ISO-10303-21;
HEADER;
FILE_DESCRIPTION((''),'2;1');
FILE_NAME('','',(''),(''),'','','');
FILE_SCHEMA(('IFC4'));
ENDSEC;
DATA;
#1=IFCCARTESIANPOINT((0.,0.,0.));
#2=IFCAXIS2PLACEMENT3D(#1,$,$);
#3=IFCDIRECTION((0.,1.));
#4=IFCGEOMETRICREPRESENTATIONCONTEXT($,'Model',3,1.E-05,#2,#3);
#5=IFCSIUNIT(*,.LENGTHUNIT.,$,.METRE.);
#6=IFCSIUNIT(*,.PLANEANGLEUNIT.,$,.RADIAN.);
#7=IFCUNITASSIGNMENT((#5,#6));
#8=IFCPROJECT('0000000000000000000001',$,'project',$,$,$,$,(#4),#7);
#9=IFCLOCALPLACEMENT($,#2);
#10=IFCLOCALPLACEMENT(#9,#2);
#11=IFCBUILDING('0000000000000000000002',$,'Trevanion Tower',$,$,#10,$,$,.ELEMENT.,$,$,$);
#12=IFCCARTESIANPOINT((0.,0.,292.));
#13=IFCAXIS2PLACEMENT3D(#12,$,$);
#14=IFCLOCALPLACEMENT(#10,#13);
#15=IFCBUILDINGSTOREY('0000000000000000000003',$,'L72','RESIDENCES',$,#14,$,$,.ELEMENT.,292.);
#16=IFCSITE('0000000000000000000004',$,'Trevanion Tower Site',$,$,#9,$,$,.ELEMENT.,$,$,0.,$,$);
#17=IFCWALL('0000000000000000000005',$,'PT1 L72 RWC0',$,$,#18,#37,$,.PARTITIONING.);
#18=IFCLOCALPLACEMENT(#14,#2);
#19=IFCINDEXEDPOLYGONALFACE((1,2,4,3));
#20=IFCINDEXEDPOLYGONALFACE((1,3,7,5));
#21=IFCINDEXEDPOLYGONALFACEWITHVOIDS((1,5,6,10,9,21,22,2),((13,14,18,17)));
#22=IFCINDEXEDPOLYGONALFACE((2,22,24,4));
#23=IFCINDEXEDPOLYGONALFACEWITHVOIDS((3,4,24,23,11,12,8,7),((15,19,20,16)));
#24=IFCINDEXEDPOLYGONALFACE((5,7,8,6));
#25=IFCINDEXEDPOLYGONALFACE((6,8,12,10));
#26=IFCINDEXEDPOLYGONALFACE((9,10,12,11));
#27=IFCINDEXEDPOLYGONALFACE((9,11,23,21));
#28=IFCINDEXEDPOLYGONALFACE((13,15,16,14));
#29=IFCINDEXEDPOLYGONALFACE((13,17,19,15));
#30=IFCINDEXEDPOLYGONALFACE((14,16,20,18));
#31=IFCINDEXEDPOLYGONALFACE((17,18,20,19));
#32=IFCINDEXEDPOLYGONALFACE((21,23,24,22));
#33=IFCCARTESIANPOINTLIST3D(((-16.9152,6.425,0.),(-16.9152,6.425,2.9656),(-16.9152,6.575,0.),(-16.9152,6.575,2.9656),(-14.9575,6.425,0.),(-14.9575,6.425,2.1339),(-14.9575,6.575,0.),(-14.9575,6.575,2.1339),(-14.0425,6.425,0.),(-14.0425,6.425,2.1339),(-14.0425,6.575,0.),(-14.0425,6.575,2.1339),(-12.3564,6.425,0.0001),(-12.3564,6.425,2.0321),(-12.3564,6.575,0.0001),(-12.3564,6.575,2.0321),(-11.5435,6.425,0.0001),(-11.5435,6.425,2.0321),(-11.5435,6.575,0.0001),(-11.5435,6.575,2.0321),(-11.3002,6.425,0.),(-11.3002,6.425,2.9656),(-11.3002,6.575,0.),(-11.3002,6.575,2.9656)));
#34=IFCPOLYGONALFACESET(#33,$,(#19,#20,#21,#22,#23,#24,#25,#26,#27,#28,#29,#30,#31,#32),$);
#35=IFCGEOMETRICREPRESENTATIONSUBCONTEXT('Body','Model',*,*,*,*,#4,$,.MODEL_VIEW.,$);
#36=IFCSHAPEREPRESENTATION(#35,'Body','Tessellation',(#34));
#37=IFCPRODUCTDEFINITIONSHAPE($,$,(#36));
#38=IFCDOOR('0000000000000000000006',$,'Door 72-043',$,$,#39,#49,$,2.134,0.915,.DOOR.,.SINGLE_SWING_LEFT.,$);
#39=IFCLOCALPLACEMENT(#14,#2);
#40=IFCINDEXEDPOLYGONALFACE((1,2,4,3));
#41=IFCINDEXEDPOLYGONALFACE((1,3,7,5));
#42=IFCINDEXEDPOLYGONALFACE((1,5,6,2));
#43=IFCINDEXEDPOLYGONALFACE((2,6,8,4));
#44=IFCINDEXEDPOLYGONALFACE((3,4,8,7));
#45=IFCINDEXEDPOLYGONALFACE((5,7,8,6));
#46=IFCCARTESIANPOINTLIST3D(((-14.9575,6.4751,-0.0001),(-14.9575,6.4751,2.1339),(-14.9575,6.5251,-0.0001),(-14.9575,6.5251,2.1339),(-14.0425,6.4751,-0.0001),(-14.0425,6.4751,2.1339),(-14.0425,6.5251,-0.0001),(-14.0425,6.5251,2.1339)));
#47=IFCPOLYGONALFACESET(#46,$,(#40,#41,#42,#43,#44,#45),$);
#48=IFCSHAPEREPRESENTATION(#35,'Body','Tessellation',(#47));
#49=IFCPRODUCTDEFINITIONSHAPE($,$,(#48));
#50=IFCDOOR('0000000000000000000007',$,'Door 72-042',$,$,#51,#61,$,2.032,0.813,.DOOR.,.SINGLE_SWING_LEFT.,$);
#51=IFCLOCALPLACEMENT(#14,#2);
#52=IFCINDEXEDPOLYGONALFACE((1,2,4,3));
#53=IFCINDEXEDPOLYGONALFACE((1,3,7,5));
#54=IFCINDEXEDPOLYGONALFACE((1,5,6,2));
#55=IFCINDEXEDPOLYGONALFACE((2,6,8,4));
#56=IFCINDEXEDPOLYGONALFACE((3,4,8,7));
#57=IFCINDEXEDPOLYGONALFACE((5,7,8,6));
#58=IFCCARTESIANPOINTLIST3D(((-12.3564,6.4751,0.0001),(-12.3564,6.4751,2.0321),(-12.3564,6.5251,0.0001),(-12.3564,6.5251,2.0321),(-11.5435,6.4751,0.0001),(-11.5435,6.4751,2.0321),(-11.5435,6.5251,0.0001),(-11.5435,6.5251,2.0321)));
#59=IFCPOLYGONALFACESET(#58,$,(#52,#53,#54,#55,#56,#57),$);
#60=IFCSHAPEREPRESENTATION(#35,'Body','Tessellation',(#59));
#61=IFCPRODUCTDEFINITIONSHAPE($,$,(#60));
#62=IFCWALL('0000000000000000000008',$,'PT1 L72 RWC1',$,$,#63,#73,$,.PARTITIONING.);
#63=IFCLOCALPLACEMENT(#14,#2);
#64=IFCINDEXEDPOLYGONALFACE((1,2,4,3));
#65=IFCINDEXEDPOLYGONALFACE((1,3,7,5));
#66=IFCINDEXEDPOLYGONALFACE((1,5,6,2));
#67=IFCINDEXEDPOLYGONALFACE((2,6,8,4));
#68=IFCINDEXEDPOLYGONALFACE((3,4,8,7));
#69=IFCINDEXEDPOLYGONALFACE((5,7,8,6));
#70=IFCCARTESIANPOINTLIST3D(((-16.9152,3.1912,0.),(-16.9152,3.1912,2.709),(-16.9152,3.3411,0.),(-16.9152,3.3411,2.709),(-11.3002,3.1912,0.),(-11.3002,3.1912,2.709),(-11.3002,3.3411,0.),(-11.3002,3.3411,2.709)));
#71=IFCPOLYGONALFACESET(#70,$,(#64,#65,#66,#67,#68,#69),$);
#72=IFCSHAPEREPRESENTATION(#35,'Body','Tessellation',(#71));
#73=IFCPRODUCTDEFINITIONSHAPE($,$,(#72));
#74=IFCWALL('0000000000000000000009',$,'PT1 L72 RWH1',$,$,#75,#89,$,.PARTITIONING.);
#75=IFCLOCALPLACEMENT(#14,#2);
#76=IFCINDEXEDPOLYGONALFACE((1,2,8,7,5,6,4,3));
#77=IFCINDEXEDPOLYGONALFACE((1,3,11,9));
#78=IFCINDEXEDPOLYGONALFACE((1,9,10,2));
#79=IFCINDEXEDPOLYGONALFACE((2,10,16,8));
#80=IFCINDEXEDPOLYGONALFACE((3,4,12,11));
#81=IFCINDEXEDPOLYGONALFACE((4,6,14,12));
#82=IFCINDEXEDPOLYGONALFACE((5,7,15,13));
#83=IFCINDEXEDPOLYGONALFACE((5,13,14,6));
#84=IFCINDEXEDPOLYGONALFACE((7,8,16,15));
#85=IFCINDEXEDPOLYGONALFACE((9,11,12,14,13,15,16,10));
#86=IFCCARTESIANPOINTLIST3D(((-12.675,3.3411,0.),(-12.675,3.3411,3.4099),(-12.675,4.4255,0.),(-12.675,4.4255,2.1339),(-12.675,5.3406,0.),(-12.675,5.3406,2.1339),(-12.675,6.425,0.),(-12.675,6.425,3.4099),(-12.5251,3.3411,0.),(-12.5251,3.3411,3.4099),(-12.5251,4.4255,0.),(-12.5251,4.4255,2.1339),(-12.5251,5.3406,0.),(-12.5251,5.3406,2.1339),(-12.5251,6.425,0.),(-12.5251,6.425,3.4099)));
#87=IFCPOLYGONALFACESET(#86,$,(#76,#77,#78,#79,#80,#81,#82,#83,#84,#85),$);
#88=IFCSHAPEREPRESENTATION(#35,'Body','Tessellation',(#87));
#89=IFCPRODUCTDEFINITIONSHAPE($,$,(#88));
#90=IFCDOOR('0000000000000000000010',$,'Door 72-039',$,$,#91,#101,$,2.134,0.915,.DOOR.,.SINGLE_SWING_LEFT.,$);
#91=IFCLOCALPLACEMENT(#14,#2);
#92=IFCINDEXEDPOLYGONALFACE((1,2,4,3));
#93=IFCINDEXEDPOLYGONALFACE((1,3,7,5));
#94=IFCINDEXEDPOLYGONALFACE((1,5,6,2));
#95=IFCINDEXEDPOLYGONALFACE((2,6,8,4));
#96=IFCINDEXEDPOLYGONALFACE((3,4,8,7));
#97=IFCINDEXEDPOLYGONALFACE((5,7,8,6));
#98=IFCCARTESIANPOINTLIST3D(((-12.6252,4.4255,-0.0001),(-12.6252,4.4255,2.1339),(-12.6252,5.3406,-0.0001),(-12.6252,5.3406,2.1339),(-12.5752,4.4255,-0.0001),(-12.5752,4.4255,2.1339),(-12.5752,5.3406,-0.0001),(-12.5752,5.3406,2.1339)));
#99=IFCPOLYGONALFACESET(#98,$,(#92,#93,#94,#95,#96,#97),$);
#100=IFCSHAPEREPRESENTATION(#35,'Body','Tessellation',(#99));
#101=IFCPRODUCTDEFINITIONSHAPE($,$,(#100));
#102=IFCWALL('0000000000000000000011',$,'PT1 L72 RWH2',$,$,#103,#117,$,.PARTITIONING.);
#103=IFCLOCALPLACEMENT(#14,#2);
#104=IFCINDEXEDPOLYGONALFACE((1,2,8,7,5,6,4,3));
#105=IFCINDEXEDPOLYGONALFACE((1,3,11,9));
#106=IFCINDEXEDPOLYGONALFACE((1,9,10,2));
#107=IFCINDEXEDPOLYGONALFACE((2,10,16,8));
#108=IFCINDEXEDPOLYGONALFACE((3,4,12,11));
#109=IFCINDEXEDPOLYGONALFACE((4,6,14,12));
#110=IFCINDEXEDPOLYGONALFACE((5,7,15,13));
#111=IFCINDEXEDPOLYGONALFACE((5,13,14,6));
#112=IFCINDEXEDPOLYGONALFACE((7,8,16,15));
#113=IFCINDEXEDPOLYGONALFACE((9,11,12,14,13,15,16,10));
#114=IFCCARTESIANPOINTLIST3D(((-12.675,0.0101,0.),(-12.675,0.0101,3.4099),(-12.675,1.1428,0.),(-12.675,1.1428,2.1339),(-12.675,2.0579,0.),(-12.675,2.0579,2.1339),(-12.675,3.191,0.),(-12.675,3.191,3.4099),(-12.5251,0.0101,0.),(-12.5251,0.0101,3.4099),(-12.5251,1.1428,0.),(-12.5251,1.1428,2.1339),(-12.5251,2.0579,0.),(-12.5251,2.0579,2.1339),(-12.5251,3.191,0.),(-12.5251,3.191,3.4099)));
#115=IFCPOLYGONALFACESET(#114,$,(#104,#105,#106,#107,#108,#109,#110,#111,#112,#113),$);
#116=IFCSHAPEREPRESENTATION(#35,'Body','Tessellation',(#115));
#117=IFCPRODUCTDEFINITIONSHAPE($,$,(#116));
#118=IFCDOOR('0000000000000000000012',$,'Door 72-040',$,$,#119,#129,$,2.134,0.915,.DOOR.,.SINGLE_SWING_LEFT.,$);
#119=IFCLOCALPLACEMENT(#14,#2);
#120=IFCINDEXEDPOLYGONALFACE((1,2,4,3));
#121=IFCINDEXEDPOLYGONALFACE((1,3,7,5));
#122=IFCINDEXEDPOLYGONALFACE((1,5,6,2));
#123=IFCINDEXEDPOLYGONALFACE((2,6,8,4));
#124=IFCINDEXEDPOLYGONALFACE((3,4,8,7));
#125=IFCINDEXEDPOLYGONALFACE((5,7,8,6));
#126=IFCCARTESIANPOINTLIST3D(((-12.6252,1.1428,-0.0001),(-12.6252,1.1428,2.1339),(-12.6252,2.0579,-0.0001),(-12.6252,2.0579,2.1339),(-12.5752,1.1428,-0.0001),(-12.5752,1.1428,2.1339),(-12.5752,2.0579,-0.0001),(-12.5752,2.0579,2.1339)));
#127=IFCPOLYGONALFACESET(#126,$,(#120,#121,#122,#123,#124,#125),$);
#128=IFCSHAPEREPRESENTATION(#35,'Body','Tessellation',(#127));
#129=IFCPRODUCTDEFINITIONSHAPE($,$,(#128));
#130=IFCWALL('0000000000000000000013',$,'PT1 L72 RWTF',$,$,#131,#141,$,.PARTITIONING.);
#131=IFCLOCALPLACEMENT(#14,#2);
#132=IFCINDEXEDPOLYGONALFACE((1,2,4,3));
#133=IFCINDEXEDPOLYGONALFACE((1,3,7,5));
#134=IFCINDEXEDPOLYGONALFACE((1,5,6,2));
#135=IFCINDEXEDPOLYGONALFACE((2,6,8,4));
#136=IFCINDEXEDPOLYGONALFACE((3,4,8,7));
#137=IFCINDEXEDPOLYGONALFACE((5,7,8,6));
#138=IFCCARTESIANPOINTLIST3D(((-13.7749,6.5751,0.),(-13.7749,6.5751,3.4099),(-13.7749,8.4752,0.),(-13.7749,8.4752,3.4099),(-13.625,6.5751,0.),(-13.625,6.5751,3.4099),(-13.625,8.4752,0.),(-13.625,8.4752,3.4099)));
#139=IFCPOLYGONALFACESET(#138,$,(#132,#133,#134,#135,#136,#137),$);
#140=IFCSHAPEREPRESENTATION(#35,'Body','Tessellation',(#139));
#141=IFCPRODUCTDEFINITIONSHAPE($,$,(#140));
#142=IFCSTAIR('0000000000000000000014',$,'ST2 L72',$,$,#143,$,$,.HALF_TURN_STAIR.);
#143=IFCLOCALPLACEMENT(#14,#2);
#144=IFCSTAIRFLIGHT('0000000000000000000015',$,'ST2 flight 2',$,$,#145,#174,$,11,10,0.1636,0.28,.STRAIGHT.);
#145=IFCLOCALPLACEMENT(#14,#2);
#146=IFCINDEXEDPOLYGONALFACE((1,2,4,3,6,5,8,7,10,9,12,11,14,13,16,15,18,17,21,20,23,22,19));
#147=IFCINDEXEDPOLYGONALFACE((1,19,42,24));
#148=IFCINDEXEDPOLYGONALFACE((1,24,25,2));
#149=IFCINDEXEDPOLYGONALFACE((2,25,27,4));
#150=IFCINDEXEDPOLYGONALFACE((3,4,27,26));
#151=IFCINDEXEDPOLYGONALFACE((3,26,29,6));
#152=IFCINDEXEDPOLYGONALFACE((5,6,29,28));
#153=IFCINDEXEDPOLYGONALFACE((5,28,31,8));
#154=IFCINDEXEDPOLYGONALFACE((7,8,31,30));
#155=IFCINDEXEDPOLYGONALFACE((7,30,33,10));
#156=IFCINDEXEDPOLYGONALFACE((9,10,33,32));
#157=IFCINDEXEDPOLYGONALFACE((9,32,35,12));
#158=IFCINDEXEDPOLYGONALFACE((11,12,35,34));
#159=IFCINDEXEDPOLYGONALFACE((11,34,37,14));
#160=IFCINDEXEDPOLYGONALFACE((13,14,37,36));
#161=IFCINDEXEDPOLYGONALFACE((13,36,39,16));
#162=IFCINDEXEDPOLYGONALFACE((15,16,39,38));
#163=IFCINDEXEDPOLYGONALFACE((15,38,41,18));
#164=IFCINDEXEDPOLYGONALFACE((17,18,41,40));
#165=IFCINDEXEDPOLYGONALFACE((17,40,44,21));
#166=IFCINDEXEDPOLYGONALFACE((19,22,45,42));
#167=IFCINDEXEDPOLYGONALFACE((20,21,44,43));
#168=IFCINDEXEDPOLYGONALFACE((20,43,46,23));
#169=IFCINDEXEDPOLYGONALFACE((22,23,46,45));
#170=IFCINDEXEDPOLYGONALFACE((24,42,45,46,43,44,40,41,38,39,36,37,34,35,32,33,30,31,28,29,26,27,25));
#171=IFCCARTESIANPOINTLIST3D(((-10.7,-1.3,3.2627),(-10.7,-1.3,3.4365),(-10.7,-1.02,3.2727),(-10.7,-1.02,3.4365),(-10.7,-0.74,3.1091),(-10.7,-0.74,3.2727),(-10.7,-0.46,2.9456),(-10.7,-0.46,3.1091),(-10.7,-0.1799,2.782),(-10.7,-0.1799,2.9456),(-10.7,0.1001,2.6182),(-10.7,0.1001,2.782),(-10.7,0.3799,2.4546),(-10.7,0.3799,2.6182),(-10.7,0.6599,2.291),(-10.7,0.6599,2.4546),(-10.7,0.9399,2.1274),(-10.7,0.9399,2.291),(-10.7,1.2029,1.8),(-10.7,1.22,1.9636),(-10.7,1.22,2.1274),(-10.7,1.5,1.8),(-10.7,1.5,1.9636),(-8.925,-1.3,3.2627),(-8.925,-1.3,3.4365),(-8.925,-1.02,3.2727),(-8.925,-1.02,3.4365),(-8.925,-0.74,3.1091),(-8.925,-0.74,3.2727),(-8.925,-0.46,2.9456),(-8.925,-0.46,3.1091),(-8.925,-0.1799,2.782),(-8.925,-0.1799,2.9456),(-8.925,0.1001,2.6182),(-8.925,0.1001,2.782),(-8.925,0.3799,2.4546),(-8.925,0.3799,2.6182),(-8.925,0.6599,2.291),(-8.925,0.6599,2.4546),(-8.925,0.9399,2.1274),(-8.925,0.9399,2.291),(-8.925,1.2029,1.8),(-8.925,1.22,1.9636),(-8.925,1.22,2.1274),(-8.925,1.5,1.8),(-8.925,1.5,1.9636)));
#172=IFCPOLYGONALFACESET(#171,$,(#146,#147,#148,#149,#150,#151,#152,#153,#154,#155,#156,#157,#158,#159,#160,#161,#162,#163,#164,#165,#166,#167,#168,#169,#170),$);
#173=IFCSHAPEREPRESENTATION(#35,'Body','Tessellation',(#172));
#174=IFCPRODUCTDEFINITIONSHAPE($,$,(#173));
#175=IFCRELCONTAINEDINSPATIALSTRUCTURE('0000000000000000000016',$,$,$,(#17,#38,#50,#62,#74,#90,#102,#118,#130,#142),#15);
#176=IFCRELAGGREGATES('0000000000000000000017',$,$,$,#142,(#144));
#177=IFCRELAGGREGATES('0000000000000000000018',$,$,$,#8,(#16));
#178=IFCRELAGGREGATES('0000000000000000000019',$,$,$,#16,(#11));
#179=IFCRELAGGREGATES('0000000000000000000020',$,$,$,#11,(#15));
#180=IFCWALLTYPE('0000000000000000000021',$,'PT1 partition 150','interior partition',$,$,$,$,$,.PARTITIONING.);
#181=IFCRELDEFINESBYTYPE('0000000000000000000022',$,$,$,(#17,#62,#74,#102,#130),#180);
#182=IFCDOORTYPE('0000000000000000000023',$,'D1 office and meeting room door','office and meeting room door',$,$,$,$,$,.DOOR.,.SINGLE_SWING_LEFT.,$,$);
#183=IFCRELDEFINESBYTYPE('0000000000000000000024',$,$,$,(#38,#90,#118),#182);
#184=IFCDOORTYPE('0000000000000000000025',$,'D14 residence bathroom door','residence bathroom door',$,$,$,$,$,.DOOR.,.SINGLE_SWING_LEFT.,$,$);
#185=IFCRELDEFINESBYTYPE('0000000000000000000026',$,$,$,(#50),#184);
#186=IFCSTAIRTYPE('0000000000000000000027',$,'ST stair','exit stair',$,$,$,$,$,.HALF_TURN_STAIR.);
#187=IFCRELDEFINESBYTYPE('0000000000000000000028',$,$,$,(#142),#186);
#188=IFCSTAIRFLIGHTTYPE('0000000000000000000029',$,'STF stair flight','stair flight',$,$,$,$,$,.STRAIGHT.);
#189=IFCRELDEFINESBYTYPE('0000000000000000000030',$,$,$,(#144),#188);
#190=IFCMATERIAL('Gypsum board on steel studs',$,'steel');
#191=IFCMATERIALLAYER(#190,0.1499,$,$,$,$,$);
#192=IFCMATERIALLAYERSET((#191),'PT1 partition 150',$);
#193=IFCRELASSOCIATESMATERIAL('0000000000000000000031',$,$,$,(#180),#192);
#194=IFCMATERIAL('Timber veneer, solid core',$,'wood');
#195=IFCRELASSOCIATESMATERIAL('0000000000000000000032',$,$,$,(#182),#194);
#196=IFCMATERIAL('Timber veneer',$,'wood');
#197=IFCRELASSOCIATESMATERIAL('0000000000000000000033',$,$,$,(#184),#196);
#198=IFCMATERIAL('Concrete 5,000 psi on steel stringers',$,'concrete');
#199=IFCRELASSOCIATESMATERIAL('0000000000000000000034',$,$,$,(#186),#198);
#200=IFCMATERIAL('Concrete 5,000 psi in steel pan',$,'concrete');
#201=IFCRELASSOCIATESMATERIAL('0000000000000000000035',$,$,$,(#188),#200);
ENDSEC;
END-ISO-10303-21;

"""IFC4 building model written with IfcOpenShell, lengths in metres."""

from ifc_helpers import new_model, si_unit, direction, frame, frame_2d, origin, place, context, subcontext, project, spatial, polyline, rectangle, outline, extrude, material, layer, layer_set, type_object, element, fill, aggregate, save


model = new_model("IFC4")

# Units and contexts
model_context = context("Model", 3, precision=1e-05, world=origin(), true_north=direction((0.0, 1.0)))
body_context = subcontext(model_context, "Body", "Model", "MODEL_VIEW")
ifc_project = project(units=[si_unit("LENGTHUNIT", "METRE"), si_unit("PLANEANGLEUNIT", "RADIAN")], contexts=[model_context])

# Site, building, storey
site_placement = place(None, origin())
site = spatial("IfcSite", under=ifc_project, at=site_placement, Name="Trevanion Tower Site", CompositionType="ELEMENT", RefElevation=0.0)
building_placement = place(site_placement, origin())
building = spatial("IfcBuilding", under=site, at=building_placement, Name="Trevanion Tower", CompositionType="ELEMENT")
storey_placement = place(building_placement, frame((0.0, 0.0, 292.0)))
storey = spatial("IfcBuildingStorey", under=building, at=storey_placement, Name="L72", Description="RESIDENCES", CompositionType="ELEMENT", Elevation=292.0)

# Wall, openings, doors
ifc_material_1 = material(Name="Gypsum board on steel studs", Category="steel")
ifc_layer_1 = layer(ifc_material_1, 0.1499)
ifc_layer_set_1 = layer_set([ifc_layer_1], Name="PT1 partition 150")
wall_type = type_object("IfcWallType", Name="PT1 partition 150", Description="interior partition", PredefinedType="PARTITIONING", material=ifc_layer_set_1)
wall_1_placement = place(storey_placement, frame((-11.3, 6.5, 0.0), z_axis=(0.0, 0.0, 1.0), x_axis=(-1.0, 0.0, 0.0)))
wall_1 = element("IfcWall", 1, at=wall_1_placement, inside=storey, type_object=wall_type, Name="PT1 L72 RWC0", PredefinedType="PARTITIONING", context=body_context, shape_type="SweptSolid", body=[
    extrude(rectangle(XDim=5.615, YDim=0.1499, at=frame_2d((2.8076, 0.0))), origin(), (0.0, 0.0, 1.0), 2.9656),
])
opening_1_placement = place(wall_1_placement, frame((0.2434, 0.0, 0.0)))
opening_1 = element("IfcOpeningElement", 2, at=opening_1_placement, cuts=wall_1, PredefinedType="OPENING", context=body_context, shape_type="SweptSolid", body=[
    extrude(rectangle(XDim=0.813, YDim=2.032, at=frame_2d((0.4065, 1.0161))), frame((0.0, 0.085, 0.0), z_axis=(0.0, -1.0, 0.0), x_axis=(1.0, 0.0, 0.0)), (0.0, 0.0, 1.0), 0.1699),
])
opening_2_placement = place(wall_1_placement, frame((2.7424, 0.0, 0.0)))
opening_2 = element("IfcOpeningElement", 3, at=opening_2_placement, cuts=wall_1, PredefinedType="OPENING", context=body_context, shape_type="SweptSolid", body=[
    extrude(rectangle(XDim=0.915, YDim=2.134, at=frame_2d((0.4575, 1.0669))), frame((0.0, 0.085, 0.0), z_axis=(0.0, -1.0, 0.0), x_axis=(1.0, 0.0, 0.0)), (0.0, 0.0, 1.0), 0.1699),
])
ifc_material_2 = material(Name="Timber veneer, solid core", Category="wood")
door_type_1 = type_object("IfcDoorType", Name="D1 office and meeting room door", Description="office and meeting room door", OperationType="SINGLE_SWING_LEFT", PredefinedType="DOOR", material=ifc_material_2)
door_1_placement = place(opening_2_placement, origin())
door_1 = element("IfcDoor", 4, at=door_1_placement, inside=storey, type_object=door_type_1, Name="Door 72-043", OperationType="SINGLE_SWING_LEFT", OverallHeight=2.134, OverallWidth=0.915, PredefinedType="DOOR", context=body_context, shape_type="SweptSolid", body=[
    extrude(rectangle(XDim=0.915, YDim=2.134, at=frame_2d((0.4575, 1.0669))), frame((0.0, 0.0249, 0.0), z_axis=(0.0, -1.0, 0.0), x_axis=(1.0, 0.0, 0.0)), (0.0, 0.0, 1.0), 0.05),
])
fill(opening_2, door_1)
ifc_material_3 = material(Name="Timber veneer", Category="wood")
door_type_2 = type_object("IfcDoorType", Name="D14 residence bathroom door", Description="residence bathroom door", OperationType="SINGLE_SWING_LEFT", PredefinedType="DOOR", material=ifc_material_3)
door_2_placement = place(opening_1_placement, origin())
door_2 = element("IfcDoor", 5, at=door_2_placement, inside=storey, type_object=door_type_2, Name="Door 72-042", OperationType="SINGLE_SWING_LEFT", OverallHeight=2.032, OverallWidth=0.813, PredefinedType="DOOR", context=body_context, shape_type="SweptSolid", body=[
    extrude(rectangle(XDim=0.813, YDim=2.032, at=frame_2d((0.4065, 1.0161))), frame((0.0, 0.0249, 0.0), z_axis=(0.0, -1.0, 0.0), x_axis=(1.0, 0.0, 0.0)), (0.0, 0.0, 1.0), 0.05),
])
fill(opening_1, door_2)

# Wall
wall_2_placement = place(storey_placement, frame((-11.3, 3.2661, 0.0), z_axis=(0.0, 0.0, 1.0), x_axis=(-1.0, 0.0, 0.0)))
element("IfcWall", 6, at=wall_2_placement, inside=storey, type_object=wall_type, Name="PT1 L72 RWC1", PredefinedType="PARTITIONING", context=body_context, shape_type="SweptSolid", body=[
    extrude(rectangle(XDim=5.615, YDim=0.1499, at=frame_2d((2.8076, 0.0))), origin(), (0.0, 0.0, 1.0), 2.709),
])

# Walls, openings, doors
wall_3_placement = place(storey_placement, frame((-12.6001, 6.425, 0.0), z_axis=(0.0, 0.0, 1.0), x_axis=(0.0, -1.0, 0.0)))
wall_3 = element("IfcWall", 7, at=wall_3_placement, inside=storey, type_object=wall_type, Name="PT1 L72 RWH1", PredefinedType="PARTITIONING", context=body_context, shape_type="SweptSolid", body=[
    extrude(rectangle(XDim=3.084, YDim=0.1499, at=frame_2d((1.542, 0.0))), origin(), (0.0, 0.0, 1.0), 3.4099),
])
opening_3_placement = place(wall_3_placement, frame((1.0845, 0.0, 0.0)))
opening_3 = element("IfcOpeningElement", 8, at=opening_3_placement, cuts=wall_3, PredefinedType="OPENING", context=body_context, shape_type="SweptSolid", body=[
    extrude(rectangle(XDim=0.915, YDim=2.134, at=frame_2d((0.4575, 1.0669))), frame((0.0, 0.085, 0.0), z_axis=(0.0, -1.0, 0.0), x_axis=(1.0, 0.0, 0.0)), (0.0, 0.0, 1.0), 0.1699),
])
door_3_placement = place(opening_3_placement, origin())
door_3 = element("IfcDoor", 9, at=door_3_placement, inside=storey, type_object=door_type_1, Name="Door 72-039", OperationType="SINGLE_SWING_LEFT", OverallHeight=2.134, OverallWidth=0.915, PredefinedType="DOOR", context=body_context, shape_type="SweptSolid", body=[
    extrude(rectangle(XDim=0.915, YDim=2.134, at=frame_2d((0.4575, 1.0669))), frame((0.0, 0.0249, 0.0), z_axis=(0.0, -1.0, 0.0), x_axis=(1.0, 0.0, 0.0)), (0.0, 0.0, 1.0), 0.05),
])
fill(opening_3, door_3)
wall_4_placement = place(storey_placement, frame((-12.6001, 3.1909, 0.0), z_axis=(0.0, 0.0, 1.0), x_axis=(0.0, -1.0, 0.0)))
wall_4 = element("IfcWall", 10, at=wall_4_placement, inside=storey, type_object=wall_type, Name="PT1 L72 RWH2", PredefinedType="PARTITIONING", context=body_context, shape_type="SweptSolid", body=[
    extrude(rectangle(XDim=3.1809, YDim=0.1499, at=frame_2d((1.5903, 0.0))), origin(), (0.0, 0.0, 1.0), 3.4099),
])
opening_4_placement = place(wall_4_placement, frame((1.1331, 0.0, 0.0)))
opening_4 = element("IfcOpeningElement", 11, at=opening_4_placement, cuts=wall_4, PredefinedType="OPENING", context=body_context, shape_type="SweptSolid", body=[
    extrude(rectangle(XDim=0.915, YDim=2.134, at=frame_2d((0.4575, 1.0669))), frame((0.0, 0.085, 0.0), z_axis=(0.0, -1.0, 0.0), x_axis=(1.0, 0.0, 0.0)), (0.0, 0.0, 1.0), 0.1699),
])
door_4_placement = place(opening_4_placement, origin())
door_4 = element("IfcDoor", 12, at=door_4_placement, inside=storey, type_object=door_type_1, Name="Door 72-040", OperationType="SINGLE_SWING_LEFT", OverallHeight=2.134, OverallWidth=0.915, PredefinedType="DOOR", context=body_context, shape_type="SweptSolid", body=[
    extrude(rectangle(XDim=0.915, YDim=2.134, at=frame_2d((0.4575, 1.0669))), frame((0.0, 0.0249, 0.0), z_axis=(0.0, -1.0, 0.0), x_axis=(1.0, 0.0, 0.0)), (0.0, 0.0, 1.0), 0.05),
])
fill(opening_4, door_4)

# Wall
wall_5_placement = place(storey_placement, frame((-13.7, 6.575, 0.0), z_axis=(0.0, 0.0, 1.0), x_axis=(0.0, 1.0, 0.0)))
element("IfcWall", 13, at=wall_5_placement, inside=storey, type_object=wall_type, Name="PT1 L72 RWTF", PredefinedType="PARTITIONING", context=body_context, shape_type="SweptSolid", body=[
    extrude(rectangle(XDim=1.9001, YDim=0.1499, at=frame_2d((0.9502, 0.0))), origin(), (0.0, 0.0, 1.0), 3.4099),
])

# Stair, stair flight
ifc_material_4 = material(Name="Concrete 5,000 psi on steel stringers", Category="concrete")
stair_type = type_object("IfcStairType", Name="ST stair", Description="exit stair", PredefinedType="HALF_TURN_STAIR", material=ifc_material_4)
stair_placement = place(storey_placement, origin())
stair = element("IfcStair", 14, at=stair_placement, inside=storey, type_object=stair_type, Name="ST2 L72", PredefinedType="HALF_TURN_STAIR")
ifc_material_5 = material(Name="Concrete 5,000 psi in steel pan", Category="concrete")
stair_flight_type = type_object("IfcStairFlightType", Name="STF stair flight", Description="stair flight", PredefinedType="STRAIGHT", material=ifc_material_5)
stair_flight_placement = place(storey_placement, frame((-9.8125, 1.5, 1.8), z_axis=(0.0, 0.0, 1.0), x_axis=(0.0, -1.0, 0.0)))
stair_flight = element("IfcStairFlight", 15, at=stair_flight_placement, type_object=stair_flight_type, Name="ST2 flight 2", NumberOfRisers=11, NumberOfTreads=10, PredefinedType="STRAIGHT", RiserHeight=0.1636, TreadLength=0.28, context=body_context, shape_type="SweptSolid", body=[
    extrude(outline(polyline([(0.0, 0.0), (0.0, 0.1636), (0.28, 0.1636), (0.28, 0.3274), (0.5601, 0.3274), (0.5601, 0.491), (0.8401, 0.491), (0.8401, 0.6545), (1.1201, 0.6545), (1.1201, 0.8181), (1.3999, 0.8181), (1.3999, 0.9819), (1.6799, 0.9819), (1.6799, 1.1455), (1.96, 1.1455), (1.96, 1.3091), (2.24, 1.3091), (2.24, 1.4727), (2.52, 1.4727), (2.52, 1.6365), (2.8, 1.6365), (2.8, 1.8), (2.8, 1.4626), (0.2971, 0.0), (0.0, 0.0)])), frame((0.0, 0.8875, 0.0), z_axis=(0.0, -1.0, 0.0), x_axis=(1.0, 0.0, 0.0)), (0.0, 0.0, 1.0), 1.7749),
])
aggregate(stair, [stair_flight])

save(model, "model.ifc")
